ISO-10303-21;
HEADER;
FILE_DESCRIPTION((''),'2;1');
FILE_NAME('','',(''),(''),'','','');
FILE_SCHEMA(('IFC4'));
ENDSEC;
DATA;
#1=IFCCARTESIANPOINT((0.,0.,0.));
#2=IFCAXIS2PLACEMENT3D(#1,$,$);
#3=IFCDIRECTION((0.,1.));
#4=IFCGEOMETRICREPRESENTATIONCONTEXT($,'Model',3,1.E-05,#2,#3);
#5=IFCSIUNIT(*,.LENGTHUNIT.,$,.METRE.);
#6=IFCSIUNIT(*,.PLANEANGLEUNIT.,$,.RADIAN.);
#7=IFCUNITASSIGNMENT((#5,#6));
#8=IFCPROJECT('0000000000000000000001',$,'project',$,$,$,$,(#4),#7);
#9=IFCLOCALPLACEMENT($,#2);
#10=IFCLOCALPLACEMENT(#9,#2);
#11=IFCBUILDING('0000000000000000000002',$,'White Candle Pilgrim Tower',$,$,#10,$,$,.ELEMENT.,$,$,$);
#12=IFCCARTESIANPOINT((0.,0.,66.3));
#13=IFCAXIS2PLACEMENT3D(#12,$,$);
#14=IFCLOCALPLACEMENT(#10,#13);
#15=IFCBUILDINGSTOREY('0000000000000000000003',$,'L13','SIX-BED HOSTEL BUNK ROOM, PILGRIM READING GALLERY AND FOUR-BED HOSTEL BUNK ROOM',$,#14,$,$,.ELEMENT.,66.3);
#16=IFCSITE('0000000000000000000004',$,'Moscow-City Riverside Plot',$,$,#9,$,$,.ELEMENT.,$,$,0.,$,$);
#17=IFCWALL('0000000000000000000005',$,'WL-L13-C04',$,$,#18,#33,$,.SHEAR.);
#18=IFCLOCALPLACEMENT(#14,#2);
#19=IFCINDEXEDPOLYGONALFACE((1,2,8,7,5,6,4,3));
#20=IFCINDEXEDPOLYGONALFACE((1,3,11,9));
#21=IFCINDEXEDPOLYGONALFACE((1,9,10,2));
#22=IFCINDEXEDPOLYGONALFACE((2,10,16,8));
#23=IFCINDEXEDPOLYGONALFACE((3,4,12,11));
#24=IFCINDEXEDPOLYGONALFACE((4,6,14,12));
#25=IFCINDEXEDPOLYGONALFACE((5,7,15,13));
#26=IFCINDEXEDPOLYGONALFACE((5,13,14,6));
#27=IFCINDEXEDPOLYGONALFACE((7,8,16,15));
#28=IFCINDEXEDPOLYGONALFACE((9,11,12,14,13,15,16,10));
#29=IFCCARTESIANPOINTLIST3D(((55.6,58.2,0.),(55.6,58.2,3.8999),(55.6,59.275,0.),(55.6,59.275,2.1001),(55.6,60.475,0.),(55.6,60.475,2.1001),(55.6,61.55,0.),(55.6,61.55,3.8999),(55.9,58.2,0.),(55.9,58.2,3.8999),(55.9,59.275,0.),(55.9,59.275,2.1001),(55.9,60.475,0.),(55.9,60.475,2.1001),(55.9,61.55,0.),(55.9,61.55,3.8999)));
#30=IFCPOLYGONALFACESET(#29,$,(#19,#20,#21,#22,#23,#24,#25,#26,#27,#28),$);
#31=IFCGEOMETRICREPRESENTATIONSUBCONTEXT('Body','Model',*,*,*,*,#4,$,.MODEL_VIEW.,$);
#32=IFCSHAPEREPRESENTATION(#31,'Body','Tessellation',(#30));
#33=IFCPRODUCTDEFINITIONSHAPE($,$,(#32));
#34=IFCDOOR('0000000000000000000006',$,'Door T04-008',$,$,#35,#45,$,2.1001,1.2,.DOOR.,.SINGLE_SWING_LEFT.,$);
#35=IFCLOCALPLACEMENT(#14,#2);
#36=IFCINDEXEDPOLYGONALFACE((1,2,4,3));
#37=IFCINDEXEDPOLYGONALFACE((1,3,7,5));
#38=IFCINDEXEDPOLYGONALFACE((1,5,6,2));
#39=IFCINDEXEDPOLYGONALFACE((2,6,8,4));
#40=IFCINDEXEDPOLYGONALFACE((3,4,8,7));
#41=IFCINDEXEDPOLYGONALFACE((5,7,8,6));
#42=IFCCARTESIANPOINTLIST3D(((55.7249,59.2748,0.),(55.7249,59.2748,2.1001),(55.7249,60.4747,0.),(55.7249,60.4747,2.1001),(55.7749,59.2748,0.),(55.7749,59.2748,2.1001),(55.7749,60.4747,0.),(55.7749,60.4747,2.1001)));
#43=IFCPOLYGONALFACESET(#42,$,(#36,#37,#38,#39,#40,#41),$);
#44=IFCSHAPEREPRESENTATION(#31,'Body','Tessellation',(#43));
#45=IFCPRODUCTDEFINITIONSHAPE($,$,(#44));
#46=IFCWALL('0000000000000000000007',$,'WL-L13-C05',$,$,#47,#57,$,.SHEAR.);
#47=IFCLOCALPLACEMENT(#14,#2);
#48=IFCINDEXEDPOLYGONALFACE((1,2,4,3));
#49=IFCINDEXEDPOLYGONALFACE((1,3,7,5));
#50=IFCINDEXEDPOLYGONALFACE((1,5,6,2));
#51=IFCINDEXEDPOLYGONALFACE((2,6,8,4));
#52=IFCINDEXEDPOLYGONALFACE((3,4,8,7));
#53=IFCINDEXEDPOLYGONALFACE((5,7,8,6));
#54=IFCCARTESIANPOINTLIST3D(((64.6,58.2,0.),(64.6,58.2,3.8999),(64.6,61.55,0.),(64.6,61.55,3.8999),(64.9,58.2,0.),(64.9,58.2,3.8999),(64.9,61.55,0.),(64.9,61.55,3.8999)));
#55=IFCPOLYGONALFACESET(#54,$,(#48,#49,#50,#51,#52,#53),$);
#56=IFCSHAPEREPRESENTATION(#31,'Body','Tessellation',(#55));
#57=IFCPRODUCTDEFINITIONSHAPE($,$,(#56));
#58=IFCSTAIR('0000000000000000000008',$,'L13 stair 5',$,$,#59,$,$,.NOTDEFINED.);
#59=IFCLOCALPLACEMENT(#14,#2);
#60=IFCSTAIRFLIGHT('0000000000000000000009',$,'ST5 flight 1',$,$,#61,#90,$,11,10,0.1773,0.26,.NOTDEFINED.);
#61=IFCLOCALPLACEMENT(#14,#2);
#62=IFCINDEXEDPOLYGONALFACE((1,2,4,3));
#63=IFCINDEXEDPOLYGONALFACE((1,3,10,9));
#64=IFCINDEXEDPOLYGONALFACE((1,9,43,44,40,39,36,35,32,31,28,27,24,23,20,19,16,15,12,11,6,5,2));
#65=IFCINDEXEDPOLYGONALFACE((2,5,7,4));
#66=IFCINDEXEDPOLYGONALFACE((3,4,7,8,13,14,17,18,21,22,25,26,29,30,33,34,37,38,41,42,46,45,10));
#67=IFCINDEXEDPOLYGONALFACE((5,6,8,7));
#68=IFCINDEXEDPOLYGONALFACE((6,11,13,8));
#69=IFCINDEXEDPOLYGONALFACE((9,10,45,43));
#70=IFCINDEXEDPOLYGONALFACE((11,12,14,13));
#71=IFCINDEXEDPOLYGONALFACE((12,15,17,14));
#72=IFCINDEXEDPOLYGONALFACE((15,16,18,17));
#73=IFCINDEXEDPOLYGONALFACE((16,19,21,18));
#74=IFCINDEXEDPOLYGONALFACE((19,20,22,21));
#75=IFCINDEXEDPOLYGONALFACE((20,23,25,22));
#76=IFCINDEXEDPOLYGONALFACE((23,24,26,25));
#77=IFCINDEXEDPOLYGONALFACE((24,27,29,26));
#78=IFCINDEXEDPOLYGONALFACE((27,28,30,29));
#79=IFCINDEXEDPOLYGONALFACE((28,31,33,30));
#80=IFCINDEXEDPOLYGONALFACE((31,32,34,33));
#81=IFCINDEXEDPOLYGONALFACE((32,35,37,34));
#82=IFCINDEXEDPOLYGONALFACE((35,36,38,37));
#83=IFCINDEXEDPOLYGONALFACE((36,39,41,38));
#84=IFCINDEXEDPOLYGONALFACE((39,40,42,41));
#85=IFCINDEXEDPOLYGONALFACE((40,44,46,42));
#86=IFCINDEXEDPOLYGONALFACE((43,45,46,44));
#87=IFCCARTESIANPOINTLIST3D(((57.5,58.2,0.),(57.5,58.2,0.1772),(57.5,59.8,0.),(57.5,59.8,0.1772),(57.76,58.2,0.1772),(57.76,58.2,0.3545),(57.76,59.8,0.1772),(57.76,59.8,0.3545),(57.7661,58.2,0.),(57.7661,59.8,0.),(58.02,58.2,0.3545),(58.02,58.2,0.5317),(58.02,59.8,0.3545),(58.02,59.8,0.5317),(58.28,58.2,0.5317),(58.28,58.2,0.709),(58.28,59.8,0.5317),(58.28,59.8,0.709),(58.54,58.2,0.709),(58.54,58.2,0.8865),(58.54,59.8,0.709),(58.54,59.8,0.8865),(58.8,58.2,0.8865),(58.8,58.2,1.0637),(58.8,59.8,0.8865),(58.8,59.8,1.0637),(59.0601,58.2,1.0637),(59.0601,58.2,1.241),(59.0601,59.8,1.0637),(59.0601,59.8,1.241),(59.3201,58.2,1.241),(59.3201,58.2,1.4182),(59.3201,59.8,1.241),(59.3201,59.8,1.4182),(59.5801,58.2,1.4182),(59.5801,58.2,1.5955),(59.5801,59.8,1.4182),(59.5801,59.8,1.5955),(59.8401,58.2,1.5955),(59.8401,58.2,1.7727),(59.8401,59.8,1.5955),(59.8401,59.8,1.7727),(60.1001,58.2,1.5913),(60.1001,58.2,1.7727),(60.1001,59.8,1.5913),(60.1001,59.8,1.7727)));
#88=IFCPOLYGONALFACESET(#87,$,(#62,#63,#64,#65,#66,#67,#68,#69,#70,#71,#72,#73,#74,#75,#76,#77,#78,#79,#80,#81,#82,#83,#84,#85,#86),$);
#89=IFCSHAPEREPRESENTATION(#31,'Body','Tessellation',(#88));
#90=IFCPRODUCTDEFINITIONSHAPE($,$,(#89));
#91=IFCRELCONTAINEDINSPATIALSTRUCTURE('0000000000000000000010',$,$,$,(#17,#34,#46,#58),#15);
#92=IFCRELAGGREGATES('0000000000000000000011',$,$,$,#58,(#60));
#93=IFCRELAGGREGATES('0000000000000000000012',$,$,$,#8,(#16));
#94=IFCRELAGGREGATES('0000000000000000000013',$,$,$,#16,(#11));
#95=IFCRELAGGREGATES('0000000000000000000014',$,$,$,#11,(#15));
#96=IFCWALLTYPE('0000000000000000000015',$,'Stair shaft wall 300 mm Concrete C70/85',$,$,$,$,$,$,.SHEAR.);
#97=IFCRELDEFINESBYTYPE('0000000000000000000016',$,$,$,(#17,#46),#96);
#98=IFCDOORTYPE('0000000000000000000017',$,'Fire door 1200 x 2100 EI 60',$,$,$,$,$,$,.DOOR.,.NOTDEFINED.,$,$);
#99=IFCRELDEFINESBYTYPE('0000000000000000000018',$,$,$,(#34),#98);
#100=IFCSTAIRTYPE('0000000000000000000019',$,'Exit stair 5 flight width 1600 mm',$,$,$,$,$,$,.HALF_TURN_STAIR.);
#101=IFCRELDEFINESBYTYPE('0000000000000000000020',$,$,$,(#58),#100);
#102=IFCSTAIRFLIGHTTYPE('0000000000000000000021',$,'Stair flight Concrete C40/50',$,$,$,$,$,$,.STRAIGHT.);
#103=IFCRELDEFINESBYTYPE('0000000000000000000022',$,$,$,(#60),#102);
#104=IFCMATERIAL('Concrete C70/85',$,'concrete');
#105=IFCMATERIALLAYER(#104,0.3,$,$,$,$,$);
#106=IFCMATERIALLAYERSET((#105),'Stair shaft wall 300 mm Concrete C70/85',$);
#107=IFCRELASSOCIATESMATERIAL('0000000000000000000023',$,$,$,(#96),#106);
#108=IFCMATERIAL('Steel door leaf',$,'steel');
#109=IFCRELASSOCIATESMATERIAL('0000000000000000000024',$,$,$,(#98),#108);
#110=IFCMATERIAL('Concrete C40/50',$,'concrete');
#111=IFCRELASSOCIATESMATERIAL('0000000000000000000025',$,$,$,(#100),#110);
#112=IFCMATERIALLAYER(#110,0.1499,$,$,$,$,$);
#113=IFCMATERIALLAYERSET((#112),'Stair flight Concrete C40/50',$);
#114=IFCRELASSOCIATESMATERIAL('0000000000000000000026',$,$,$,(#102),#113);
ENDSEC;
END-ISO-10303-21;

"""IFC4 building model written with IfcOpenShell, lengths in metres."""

from ifc_helpers import new_model, si_unit, direction, frame, frame_2d, origin, place, context, subcontext, project, spatial, polyline, rectangle, outline, extrude, material, layer, layer_set, type_object, element, fill, aggregate, save


model = new_model("IFC4")

# Units and contexts
model_context = context("Model", 3, precision=1e-05, world=origin(), true_north=direction((0.0, 1.0)))
body_context = subcontext(model_context, "Body", "Model", "MODEL_VIEW")
ifc_project = project(units=[si_unit("LENGTHUNIT", "METRE"), si_unit("PLANEANGLEUNIT", "RADIAN")], contexts=[model_context])

# Site, building, storey
site_placement = place(None, origin())
site = spatial("IfcSite", under=ifc_project, at=site_placement, Name="Moscow-City Riverside Plot", CompositionType="ELEMENT", RefElevation=0.0)
building_placement = place(site_placement, origin())
building = spatial("IfcBuilding", under=site, at=building_placement, Name="White Candle Pilgrim Tower", CompositionType="ELEMENT")
storey_placement = place(building_placement, frame((0.0, 0.0, 66.3)))
storey = spatial("IfcBuildingStorey", under=building, at=storey_placement, Name="L13", Description="SIX-BED HOSTEL BUNK ROOM, PILGRIM READING GALLERY AND FOUR-BED HOSTEL BUNK ROOM", CompositionType="ELEMENT", Elevation=66.3)

# Shared definitions
ifc_material_1 = material(Name="Concrete C70/85", Category="concrete")

# Shared definitions
ifc_material_2 = material(Name="Steel door leaf", Category="steel")

# Wall, opening, door
ifc_layer_1 = layer(ifc_material_1, 0.3)
ifc_layer_set_1 = layer_set([ifc_layer_1], Name="Stair shaft wall 300 mm Concrete C70/85")
wall_type_1 = type_object("IfcWallType", Name="Stair shaft wall 300 mm Concrete C70/85", PredefinedType="SHEAR", material=ifc_layer_set_1)
wall_1_placement = place(storey_placement, frame((55.75, 58.2, 0.0), z_axis=(0.0, 0.0, 1.0), x_axis=(0.0, 1.0, 0.0)))
wall_1 = element("IfcWall", 1, at=wall_1_placement, inside=storey, type_object=wall_type_1, Name="WL-L13-C04", PredefinedType="SHEAR", context=body_context, shape_type="SweptSolid", body=[
    extrude(rectangle(XDim=3.3501, YDim=0.3, at=frame_2d((1.675, 0.0))), origin(), (0.0, 0.0, 1.0), 3.8999),
])
opening_1_placement = place(wall_1_placement, frame((1.075, 0.0, 0.0)))
opening_1 = element("IfcOpeningElement", 2, at=opening_1_placement, cuts=wall_1, PredefinedType="OPENING", context=body_context, shape_type="SweptSolid", body=[
    extrude(rectangle(XDim=1.2, YDim=2.1001, at=frame_2d((0.6001, 1.05))), frame((0.0, 0.1599, 0.0), z_axis=(0.0, -1.0, 0.0), x_axis=(1.0, 0.0, 0.0)), (0.0, 0.0, 1.0), 0.3201),
])
door_type_1 = type_object("IfcDoorType", Name="Fire door 1200 x 2100 EI 60", OperationType="NOTDEFINED", PredefinedType="DOOR", material=ifc_material_2)
door_1_placement = place(opening_1_placement, frame((1.2, 0.0, 0.0), z_axis=(0.0, 0.0, 1.0), x_axis=(-1.0, 0.0, 0.0)))
door_1 = element("IfcDoor", 3, at=door_1_placement, inside=storey, type_object=door_type_1, Name="Door T04-008", OperationType="SINGLE_SWING_LEFT", OverallHeight=2.1001, OverallWidth=1.2, PredefinedType="DOOR", context=body_context, shape_type="SweptSolid", body=[
    extrude(rectangle(XDim=1.2, YDim=2.1001, at=frame_2d((0.6001, 1.05))), frame((0.0, 0.0249, 0.0), z_axis=(0.0, -1.0, 0.0), x_axis=(1.0, 0.0, 0.0)), (0.0, 0.0, 1.0), 0.05),
])
fill(opening_1, door_1)

# Wall
wall_2_placement = place(storey_placement, frame((64.75, 58.2, 0.0), z_axis=(0.0, 0.0, 1.0), x_axis=(0.0, 1.0, 0.0)))
element("IfcWall", 4, at=wall_2_placement, inside=storey, type_object=wall_type_1, Name="WL-L13-C05", PredefinedType="SHEAR", context=body_context, shape_type="SweptSolid", body=[
    extrude(rectangle(XDim=3.3501, YDim=0.3, at=frame_2d((1.675, 0.0))), origin(), (0.0, 0.0, 1.0), 3.8999),
])

# Stair, stair flight
ifc_material_3 = material(Name="Concrete C40/50", Category="concrete")
stair_type = type_object("IfcStairType", Name="Exit stair 5 flight width 1600 mm", PredefinedType="HALF_TURN_STAIR", material=ifc_material_3)
stair_placement = place(storey_placement, origin())
stair = element("IfcStair", 5, at=stair_placement, inside=storey, type_object=stair_type, Name="L13 stair 5", PredefinedType="NOTDEFINED")
ifc_layer_2 = layer(ifc_material_3, 0.1499)
ifc_layer_set_2 = layer_set([ifc_layer_2], Name="Stair flight Concrete C40/50")
stair_flight_type = type_object("IfcStairFlightType", Name="Stair flight Concrete C40/50", PredefinedType="STRAIGHT", material=ifc_layer_set_2)
stair_flight_placement = place(storey_placement, frame((57.5, 59.0, 0.0), z_axis=(0.0, 0.0, 1.0), x_axis=(1.0, 0.0, 0.0)))
stair_flight = element("IfcStairFlight", 6, at=stair_flight_placement, type_object=stair_flight_type, Name="ST5 flight 1", NumberOfRisers=11, NumberOfTreads=10, PredefinedType="NOTDEFINED", RiserHeight=0.1773, TreadLength=0.26, context=body_context, shape_type="SweptSolid", body=[
    extrude(outline(polyline([(0.0, 0.0), (0.0, 0.1772), (0.26, 0.1772), (0.26, 0.3545), (0.52, 0.3545), (0.52, 0.5317), (0.78, 0.5317), (0.78, 0.709), (1.04, 0.709), (1.04, 0.8865), (1.3, 0.8865), (1.3, 1.0637), (1.5601, 1.0637), (1.5601, 1.241), (1.8201, 1.241), (1.8201, 1.4182), (2.0801, 1.4182), (2.0801, 1.5955), (2.3401, 1.5955), (2.3401, 1.7727), (2.6001, 1.7727), (2.6001, 1.95), (2.6001, 1.5913), (0.2661, 0.0), (0.0, 0.0)])), frame((0.0, 0.8, 0.0), z_axis=(0.0, -1.0, 0.0), x_axis=(1.0, 0.0, 0.0)), (0.0, 0.0, 1.0), 1.6001),
])
aggregate(stair, [stair_flight])

save(model, "model.ifc")
